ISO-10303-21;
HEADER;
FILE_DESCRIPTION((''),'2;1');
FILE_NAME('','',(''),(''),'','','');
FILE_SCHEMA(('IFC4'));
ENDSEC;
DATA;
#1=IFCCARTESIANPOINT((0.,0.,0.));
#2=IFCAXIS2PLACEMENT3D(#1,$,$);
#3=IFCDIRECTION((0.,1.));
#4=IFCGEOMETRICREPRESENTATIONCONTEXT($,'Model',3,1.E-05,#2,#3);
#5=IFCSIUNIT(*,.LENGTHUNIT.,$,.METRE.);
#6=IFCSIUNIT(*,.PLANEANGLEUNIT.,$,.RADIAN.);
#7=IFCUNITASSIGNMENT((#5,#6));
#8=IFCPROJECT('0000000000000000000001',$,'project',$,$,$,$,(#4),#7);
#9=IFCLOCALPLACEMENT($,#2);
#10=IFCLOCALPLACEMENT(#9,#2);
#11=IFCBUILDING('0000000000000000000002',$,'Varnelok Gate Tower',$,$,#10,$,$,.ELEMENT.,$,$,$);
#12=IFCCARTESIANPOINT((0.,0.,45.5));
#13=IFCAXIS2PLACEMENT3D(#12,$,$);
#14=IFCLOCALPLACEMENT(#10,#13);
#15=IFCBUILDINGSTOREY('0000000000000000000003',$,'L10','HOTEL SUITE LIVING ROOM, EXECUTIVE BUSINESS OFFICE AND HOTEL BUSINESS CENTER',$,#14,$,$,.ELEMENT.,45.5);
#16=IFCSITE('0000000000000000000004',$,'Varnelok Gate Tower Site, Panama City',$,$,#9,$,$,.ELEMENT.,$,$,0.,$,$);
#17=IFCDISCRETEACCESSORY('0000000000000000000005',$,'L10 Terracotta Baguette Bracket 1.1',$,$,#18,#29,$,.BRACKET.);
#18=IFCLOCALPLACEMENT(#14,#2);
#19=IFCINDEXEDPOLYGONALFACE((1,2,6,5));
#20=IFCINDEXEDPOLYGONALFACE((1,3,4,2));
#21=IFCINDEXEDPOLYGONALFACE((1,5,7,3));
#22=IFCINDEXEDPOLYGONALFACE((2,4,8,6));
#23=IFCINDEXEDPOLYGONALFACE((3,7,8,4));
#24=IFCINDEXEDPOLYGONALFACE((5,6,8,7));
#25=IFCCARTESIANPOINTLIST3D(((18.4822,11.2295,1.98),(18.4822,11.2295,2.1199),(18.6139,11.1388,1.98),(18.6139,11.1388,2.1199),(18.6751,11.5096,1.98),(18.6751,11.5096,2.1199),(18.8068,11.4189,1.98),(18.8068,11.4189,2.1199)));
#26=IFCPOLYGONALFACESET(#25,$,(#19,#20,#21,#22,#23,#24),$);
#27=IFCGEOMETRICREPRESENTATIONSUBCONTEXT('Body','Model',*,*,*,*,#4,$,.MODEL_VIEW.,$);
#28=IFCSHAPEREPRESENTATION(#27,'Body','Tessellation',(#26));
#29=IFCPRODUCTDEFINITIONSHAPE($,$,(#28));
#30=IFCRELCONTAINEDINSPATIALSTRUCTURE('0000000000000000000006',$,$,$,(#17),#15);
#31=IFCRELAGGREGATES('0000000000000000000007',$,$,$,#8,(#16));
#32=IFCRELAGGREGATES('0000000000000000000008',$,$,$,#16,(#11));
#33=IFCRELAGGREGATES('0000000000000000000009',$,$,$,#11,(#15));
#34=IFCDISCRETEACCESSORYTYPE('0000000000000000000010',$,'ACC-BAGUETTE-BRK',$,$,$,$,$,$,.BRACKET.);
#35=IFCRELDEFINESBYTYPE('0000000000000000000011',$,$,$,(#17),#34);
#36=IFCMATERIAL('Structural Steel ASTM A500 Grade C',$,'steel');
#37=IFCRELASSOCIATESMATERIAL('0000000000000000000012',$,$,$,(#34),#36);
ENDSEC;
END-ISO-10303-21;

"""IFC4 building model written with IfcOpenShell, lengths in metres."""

from ifc_helpers import new_model, si_unit, direction, frame, origin, origin_2d, place, context, subcontext, project, spatial, rectangle, extrude, source, transform, mapped, material, type_object, element, save


model = new_model("IFC4")

# Units and contexts
model_context = context("Model", 3, precision=1e-05, world=origin(), true_north=direction((0.0, 1.0)))
body_context = subcontext(model_context, "Body", "Model", "MODEL_VIEW")
ifc_project = project(units=[si_unit("LENGTHUNIT", "METRE"), si_unit("PLANEANGLEUNIT", "RADIAN")], contexts=[model_context])

# Site, building, storey
site_placement = place(None, origin())
site = spatial("IfcSite", under=ifc_project, at=site_placement, Name="Varnelok Gate Tower Site, Panama City", CompositionType="ELEMENT", RefElevation=0.0)
building_placement = place(site_placement, origin())
building = spatial("IfcBuilding", under=site, at=building_placement, Name="Varnelok Gate Tower", CompositionType="ELEMENT")
storey_placement = place(building_placement, frame((0.0, 0.0, 45.5)))
storey = spatial("IfcBuildingStorey", under=building, at=storey_placement, Name="L10", Description="HOTEL SUITE LIVING ROOM, EXECUTIVE BUSINESS OFFICE AND HOTEL BUSINESS CENTER", CompositionType="ELEMENT", Elevation=45.5)

# Discrete accessory
ifc_material_1 = material(Name="Structural Steel ASTM A500 Grade C", Category="steel")
discrete_accessory_type = type_object("IfcDiscreteAccessoryType", Name="ACC-BAGUETTE-BRK", PredefinedType="BRACKET", material=ifc_material_1)
shared_shape_1 = source(origin(), body_context, "Body", "SweptSolid", [
    extrude(rectangle(XDim=0.1599, YDim=0.3401, at=origin_2d()), origin(), (0.0, 0.0, 1.0), 0.1399),
])
discrete_accessory_placement = place(storey_placement, frame((18.6445, 11.3242, 1.98), z_axis=(0.0, 0.0, 1.0), x_axis=(0.823533, -0.567269, 0.0)))
element("IfcDiscreteAccessory", 1, at=discrete_accessory_placement, inside=storey, type_object=discrete_accessory_type, Name="L10 Terracotta Baguette Bracket 1.1", PredefinedType="BRACKET", context=body_context, shape_type="MappedRepresentation", body=[
    mapped(shared_shape_1, transform((0.0, 0.0, 0.0), scale=1.0)),
])

save(model, "model.ifc")
